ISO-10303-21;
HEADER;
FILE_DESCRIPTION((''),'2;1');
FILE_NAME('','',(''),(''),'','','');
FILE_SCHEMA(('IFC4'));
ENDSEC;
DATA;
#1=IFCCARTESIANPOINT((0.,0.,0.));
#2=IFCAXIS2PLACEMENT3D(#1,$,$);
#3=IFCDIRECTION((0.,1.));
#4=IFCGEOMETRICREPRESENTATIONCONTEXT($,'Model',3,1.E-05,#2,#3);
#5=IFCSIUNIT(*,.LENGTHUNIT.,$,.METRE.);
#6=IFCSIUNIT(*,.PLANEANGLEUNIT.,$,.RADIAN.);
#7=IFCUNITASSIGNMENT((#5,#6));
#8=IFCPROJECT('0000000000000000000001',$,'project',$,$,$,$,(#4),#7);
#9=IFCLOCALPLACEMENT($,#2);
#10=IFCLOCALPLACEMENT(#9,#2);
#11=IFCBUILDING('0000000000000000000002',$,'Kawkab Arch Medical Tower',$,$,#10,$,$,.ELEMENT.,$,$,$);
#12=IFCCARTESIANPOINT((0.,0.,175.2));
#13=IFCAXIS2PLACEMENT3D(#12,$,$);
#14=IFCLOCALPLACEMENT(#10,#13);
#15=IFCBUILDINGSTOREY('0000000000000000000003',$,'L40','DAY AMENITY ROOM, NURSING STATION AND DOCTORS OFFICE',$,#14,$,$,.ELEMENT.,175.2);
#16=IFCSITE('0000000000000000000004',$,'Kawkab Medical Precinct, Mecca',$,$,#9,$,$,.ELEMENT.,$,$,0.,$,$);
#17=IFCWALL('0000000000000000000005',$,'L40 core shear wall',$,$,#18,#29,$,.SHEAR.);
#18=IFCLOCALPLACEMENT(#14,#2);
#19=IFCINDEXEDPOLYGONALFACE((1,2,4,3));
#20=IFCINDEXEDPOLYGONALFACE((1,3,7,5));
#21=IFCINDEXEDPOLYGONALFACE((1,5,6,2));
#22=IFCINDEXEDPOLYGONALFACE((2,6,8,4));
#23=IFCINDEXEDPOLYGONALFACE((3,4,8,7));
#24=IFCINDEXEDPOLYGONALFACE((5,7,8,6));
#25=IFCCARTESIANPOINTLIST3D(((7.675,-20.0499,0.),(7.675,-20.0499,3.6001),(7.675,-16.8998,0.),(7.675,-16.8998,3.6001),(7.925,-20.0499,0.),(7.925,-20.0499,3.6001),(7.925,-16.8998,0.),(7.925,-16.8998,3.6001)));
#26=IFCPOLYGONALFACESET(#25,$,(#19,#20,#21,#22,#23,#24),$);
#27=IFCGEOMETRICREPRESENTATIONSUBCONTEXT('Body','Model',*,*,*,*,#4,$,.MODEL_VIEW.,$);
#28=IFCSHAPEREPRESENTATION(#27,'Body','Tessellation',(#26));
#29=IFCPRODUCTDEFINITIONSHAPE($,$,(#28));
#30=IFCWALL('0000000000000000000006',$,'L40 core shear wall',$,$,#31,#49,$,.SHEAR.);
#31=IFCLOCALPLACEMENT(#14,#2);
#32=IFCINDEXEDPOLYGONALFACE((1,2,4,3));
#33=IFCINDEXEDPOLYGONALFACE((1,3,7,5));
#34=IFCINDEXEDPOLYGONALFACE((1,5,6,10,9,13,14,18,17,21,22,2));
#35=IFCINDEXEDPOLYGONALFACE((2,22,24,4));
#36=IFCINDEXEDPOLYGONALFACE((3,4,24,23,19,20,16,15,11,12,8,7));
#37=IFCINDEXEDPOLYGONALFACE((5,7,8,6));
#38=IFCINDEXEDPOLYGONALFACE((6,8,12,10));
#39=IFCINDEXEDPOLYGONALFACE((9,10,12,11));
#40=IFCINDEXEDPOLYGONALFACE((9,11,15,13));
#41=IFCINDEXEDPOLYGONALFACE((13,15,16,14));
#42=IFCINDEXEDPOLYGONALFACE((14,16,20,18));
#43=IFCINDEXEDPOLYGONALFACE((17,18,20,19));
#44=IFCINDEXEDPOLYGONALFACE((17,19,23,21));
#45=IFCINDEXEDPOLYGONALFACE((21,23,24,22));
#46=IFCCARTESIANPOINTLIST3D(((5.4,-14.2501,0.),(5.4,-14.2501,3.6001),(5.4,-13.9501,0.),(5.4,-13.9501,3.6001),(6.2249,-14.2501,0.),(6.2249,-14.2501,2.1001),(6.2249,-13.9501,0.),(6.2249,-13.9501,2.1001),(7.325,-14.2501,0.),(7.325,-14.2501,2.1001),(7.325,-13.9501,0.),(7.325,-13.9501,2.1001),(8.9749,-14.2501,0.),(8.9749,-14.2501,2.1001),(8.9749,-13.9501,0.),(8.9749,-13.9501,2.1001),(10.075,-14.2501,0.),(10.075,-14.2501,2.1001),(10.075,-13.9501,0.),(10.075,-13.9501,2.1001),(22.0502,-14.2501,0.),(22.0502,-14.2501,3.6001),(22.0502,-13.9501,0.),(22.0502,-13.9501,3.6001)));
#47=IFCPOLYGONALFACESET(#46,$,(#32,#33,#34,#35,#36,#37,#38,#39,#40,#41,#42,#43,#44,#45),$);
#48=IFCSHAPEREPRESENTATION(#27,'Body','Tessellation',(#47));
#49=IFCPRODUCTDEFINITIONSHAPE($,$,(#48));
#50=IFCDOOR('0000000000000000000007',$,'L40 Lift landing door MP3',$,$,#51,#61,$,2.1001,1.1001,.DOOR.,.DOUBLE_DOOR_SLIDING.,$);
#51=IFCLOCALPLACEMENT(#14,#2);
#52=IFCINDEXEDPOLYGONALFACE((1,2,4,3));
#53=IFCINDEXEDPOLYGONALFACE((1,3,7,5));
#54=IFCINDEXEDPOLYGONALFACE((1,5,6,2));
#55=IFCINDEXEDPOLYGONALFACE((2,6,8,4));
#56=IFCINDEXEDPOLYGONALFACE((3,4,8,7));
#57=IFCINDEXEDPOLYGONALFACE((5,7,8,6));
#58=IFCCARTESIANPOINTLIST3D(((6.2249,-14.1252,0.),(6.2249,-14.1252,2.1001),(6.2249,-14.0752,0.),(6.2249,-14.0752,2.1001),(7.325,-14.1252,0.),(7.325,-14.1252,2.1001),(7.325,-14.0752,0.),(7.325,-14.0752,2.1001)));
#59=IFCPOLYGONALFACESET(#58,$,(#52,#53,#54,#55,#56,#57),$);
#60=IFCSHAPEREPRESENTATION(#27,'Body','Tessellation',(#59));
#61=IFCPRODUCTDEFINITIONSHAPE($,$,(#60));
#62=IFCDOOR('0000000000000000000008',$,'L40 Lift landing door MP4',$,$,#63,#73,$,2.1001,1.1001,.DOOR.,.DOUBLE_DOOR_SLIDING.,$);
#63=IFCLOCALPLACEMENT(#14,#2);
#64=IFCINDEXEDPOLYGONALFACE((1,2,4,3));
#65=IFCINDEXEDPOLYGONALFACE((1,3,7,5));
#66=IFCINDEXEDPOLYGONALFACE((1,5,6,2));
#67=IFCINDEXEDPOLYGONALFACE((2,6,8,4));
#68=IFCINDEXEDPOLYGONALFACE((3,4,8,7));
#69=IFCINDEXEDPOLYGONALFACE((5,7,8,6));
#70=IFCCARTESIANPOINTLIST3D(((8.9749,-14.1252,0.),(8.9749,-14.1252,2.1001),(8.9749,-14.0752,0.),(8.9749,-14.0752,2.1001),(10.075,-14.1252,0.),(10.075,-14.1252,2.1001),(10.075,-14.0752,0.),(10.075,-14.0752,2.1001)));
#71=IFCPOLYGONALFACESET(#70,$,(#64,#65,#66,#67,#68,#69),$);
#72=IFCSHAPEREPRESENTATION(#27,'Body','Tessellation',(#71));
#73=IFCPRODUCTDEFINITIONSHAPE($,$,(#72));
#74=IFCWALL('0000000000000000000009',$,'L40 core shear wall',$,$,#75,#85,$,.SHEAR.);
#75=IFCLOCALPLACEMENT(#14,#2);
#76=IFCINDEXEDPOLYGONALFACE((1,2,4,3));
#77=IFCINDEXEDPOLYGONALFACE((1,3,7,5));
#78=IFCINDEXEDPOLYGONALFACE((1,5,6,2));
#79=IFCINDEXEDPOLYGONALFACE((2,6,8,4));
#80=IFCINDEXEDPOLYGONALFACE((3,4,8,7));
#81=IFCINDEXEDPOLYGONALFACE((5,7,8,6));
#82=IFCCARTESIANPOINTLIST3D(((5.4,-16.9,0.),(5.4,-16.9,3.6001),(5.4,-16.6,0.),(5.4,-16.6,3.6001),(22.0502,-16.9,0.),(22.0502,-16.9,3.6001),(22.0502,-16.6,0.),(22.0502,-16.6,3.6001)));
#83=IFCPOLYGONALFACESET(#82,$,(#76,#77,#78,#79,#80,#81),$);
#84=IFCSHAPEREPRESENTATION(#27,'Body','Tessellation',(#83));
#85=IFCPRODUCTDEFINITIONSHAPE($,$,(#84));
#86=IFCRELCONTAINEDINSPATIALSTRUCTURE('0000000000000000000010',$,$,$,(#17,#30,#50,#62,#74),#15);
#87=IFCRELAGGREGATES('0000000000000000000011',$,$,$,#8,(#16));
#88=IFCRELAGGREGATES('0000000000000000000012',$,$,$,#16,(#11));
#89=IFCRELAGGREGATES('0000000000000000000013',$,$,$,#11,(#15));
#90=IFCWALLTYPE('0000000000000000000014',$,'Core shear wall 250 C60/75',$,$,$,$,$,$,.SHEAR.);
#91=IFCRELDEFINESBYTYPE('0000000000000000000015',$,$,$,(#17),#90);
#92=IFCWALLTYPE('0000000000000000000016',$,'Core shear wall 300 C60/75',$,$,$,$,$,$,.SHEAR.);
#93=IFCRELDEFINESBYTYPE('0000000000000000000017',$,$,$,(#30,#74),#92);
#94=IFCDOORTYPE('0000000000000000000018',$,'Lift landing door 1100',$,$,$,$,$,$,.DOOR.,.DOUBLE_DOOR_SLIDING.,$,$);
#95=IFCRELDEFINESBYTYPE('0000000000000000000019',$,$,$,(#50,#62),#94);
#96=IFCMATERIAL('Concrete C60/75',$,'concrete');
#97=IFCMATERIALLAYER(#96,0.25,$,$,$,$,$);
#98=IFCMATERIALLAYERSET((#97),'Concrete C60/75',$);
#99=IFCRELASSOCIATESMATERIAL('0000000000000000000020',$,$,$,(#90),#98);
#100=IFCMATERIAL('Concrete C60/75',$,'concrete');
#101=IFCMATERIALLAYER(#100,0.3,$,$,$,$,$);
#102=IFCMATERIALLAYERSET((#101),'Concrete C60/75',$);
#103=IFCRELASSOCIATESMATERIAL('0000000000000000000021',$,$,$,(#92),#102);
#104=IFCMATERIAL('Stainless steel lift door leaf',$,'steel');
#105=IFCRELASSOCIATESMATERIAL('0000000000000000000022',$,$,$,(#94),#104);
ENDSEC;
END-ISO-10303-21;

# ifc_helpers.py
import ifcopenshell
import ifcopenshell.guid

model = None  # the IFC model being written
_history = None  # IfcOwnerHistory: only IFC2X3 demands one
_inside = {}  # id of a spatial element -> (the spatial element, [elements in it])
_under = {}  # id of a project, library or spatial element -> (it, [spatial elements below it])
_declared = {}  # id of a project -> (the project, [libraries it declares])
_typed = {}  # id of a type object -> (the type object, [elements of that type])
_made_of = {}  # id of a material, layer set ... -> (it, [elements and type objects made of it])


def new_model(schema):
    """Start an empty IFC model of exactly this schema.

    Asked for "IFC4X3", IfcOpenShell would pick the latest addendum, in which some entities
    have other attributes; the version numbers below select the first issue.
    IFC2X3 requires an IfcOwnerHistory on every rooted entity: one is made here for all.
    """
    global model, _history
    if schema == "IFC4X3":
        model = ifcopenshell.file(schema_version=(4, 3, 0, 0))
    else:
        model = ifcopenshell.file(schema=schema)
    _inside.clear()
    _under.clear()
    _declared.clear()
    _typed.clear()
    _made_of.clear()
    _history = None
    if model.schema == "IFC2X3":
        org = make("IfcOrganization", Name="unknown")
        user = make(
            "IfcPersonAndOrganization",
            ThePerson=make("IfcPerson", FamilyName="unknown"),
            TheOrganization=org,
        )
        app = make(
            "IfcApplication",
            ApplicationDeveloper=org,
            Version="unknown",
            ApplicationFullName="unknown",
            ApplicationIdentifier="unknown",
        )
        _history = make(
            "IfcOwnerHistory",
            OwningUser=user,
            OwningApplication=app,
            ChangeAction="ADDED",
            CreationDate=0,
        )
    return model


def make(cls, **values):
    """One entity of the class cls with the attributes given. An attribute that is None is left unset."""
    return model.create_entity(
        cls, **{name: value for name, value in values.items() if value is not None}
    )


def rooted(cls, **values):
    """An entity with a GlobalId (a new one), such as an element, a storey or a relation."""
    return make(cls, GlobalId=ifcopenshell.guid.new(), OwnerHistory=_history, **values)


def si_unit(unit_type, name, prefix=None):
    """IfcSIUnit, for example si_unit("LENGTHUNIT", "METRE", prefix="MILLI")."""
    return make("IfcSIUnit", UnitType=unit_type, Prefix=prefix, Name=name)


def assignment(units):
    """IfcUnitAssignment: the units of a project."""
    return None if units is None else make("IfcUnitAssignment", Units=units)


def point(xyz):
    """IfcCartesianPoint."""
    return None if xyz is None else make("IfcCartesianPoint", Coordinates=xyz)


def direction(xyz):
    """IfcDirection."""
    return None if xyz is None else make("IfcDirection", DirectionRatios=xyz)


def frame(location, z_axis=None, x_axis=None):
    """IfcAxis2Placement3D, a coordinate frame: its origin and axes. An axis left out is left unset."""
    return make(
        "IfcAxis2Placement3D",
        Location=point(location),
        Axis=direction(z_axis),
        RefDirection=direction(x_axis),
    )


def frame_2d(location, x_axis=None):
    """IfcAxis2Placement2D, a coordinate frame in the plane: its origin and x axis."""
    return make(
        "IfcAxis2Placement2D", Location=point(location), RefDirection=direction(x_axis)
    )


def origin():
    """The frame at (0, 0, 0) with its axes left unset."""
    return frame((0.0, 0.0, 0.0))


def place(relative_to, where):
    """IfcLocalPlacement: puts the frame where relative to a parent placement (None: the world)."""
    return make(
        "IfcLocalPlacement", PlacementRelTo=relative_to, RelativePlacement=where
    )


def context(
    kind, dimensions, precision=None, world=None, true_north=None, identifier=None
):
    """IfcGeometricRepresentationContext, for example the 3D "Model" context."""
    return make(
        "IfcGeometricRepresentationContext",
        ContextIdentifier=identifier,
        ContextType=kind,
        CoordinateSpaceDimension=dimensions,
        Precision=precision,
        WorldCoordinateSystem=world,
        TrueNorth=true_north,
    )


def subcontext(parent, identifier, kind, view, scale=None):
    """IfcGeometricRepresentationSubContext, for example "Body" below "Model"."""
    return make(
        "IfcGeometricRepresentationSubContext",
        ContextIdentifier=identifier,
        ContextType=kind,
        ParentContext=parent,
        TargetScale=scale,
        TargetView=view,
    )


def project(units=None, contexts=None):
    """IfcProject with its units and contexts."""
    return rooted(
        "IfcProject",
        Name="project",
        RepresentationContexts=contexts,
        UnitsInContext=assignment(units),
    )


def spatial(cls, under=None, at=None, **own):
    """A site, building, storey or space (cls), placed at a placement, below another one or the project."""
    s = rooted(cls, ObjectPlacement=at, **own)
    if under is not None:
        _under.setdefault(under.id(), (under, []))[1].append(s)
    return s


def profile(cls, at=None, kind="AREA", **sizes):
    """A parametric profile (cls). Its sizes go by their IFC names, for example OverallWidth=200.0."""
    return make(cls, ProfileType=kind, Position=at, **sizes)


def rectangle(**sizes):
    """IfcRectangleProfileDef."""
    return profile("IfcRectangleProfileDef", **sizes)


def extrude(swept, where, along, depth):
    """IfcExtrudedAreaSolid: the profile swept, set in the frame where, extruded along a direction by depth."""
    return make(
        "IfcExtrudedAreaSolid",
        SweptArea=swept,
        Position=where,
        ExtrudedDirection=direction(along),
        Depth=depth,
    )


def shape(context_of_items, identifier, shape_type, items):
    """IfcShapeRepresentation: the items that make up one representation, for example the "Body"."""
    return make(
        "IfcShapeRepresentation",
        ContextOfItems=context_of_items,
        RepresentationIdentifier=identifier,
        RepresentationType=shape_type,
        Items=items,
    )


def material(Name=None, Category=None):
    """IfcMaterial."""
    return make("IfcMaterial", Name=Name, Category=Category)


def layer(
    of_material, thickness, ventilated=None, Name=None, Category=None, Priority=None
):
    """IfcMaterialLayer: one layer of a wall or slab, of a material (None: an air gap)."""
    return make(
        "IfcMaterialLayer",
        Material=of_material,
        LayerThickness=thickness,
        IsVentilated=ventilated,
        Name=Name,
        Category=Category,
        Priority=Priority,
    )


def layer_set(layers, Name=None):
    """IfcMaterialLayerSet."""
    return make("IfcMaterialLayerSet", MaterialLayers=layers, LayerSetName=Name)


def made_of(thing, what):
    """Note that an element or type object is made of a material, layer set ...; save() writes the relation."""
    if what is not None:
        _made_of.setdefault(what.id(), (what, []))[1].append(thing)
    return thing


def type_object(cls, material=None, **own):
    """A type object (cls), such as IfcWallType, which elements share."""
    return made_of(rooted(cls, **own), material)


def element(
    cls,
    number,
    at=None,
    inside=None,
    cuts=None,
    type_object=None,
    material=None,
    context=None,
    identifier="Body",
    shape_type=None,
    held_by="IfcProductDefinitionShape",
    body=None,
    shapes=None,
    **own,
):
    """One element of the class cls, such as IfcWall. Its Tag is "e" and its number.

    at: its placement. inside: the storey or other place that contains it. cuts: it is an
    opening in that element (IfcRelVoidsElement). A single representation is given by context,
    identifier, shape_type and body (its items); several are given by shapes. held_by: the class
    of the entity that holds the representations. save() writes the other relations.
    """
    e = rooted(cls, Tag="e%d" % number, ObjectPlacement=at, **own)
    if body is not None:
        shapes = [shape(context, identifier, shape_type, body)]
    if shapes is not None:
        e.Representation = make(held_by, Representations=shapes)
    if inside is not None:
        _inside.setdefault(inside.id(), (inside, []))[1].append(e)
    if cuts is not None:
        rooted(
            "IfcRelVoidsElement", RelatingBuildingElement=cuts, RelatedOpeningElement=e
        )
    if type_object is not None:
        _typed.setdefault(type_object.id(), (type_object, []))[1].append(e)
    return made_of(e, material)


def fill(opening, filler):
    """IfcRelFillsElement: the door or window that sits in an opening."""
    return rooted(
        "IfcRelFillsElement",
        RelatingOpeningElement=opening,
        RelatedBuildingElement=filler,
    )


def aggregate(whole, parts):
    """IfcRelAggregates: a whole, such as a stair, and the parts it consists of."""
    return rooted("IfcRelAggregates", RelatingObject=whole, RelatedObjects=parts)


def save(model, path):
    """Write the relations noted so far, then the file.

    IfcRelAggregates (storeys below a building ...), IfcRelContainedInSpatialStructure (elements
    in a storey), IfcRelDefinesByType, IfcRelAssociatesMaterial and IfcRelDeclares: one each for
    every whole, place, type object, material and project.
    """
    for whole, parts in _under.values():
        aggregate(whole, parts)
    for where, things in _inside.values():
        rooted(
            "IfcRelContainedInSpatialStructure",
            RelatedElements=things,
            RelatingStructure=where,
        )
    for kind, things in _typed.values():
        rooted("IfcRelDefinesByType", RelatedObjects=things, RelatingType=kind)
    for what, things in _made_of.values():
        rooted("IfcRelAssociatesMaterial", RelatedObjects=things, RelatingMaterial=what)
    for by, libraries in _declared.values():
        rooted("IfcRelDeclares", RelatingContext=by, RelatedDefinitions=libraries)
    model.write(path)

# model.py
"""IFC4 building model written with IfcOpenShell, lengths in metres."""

from ifc_helpers import new_model, si_unit, direction, frame, frame_2d, origin, place, context, subcontext, project, spatial, rectangle, extrude, material, layer, layer_set, type_object, element, fill, save


model = new_model("IFC4")

# Units and contexts
model_context = context("Model", 3, precision=1e-05, world=origin(), true_north=direction((0.0, 1.0)))
body_context = subcontext(model_context, "Body", "Model", "MODEL_VIEW")
ifc_project = project(units=[si_unit("LENGTHUNIT", "METRE"), si_unit("PLANEANGLEUNIT", "RADIAN")], contexts=[model_context])

# Site, building, storey
site_placement = place(None, origin())
site = spatial("IfcSite", under=ifc_project, at=site_placement, Name="Kawkab Medical Precinct, Mecca", CompositionType="ELEMENT", RefElevation=0.0)
building_placement = place(site_placement, origin())
building = spatial("IfcBuilding", under=site, at=building_placement, Name="Kawkab Arch Medical Tower", CompositionType="ELEMENT")
storey_placement = place(building_placement, frame((0.0, 0.0, 175.2)))
storey = spatial("IfcBuildingStorey", under=building, at=storey_placement, Name="L40", Description="DAY AMENITY ROOM, NURSING STATION AND DOCTORS OFFICE", CompositionType="ELEMENT", Elevation=175.2)

# Wall
ifc_material_1 = material(Name="Concrete C60/75", Category="concrete")
ifc_layer_1 = layer(ifc_material_1, 0.25)
ifc_layer_set_1 = layer_set([ifc_layer_1], Name="Concrete C60/75")
wall_type_1 = type_object("IfcWallType", Name="Core shear wall 250 C60/75", PredefinedType="SHEAR", material=ifc_layer_set_1)
wall_1_placement = place(storey_placement, frame((7.8, -20.05, 0.0), z_axis=(0.0, 0.0, 1.0), x_axis=(0.0, 1.0, 0.0)))
element("IfcWall", 1, at=wall_1_placement, inside=storey, type_object=wall_type_1, Name="L40 core shear wall", PredefinedType="SHEAR", context=body_context, shape_type="SweptSolid", body=[
    extrude(rectangle(XDim=3.1501, YDim=0.25, at=frame_2d((1.5752, 0.0))), origin(), (0.0, 0.0, 1.0), 3.6001),
])

# Wall, openings, doors
ifc_material_2 = material(Name="Concrete C60/75", Category="concrete")
ifc_layer_2 = layer(ifc_material_2, 0.3)
ifc_layer_set_2 = layer_set([ifc_layer_2], Name="Concrete C60/75")
wall_type_2 = type_object("IfcWallType", Name="Core shear wall 300 C60/75", PredefinedType="SHEAR", material=ifc_layer_set_2)
wall_2_placement = place(storey_placement, frame((5.3999, -14.1001, 0.0), z_axis=(0.0, 0.0, 1.0), x_axis=(1.0, 0.0, 0.0)))
wall_2 = element("IfcWall", 2, at=wall_2_placement, inside=storey, type_object=wall_type_2, Name="L40 core shear wall", PredefinedType="SHEAR", context=body_context, shape_type="SweptSolid", body=[
    extrude(rectangle(XDim=16.6501, YDim=0.3, at=frame_2d((8.3252, 0.0))), origin(), (0.0, 0.0, 1.0), 3.6001),
])
opening_1_placement = place(wall_2_placement, frame((0.825, 0.0, 0.0)))
opening_1 = element("IfcOpeningElement", 3, at=opening_1_placement, cuts=wall_2, PredefinedType="OPENING", context=body_context, shape_type="SweptSolid", body=[
    extrude(rectangle(XDim=1.1001, YDim=2.1001, at=frame_2d((0.55, 1.05))), frame((0.0, 0.1599, 0.0), z_axis=(0.0, -1.0, 0.0), x_axis=(1.0, 0.0, 0.0)), (0.0, 0.0, 1.0), 0.3201),
])
opening_2_placement = place(wall_2_placement, frame((3.575, 0.0, 0.0)))
opening_2 = element("IfcOpeningElement", 4, at=opening_2_placement, cuts=wall_2, PredefinedType="OPENING", context=body_context, shape_type="SweptSolid", body=[
    extrude(rectangle(XDim=1.1001, YDim=2.1001, at=frame_2d((0.55, 1.05))), frame((0.0, 0.1599, 0.0), z_axis=(0.0, -1.0, 0.0), x_axis=(1.0, 0.0, 0.0)), (0.0, 0.0, 1.0), 0.3201),
])
ifc_material_3 = material(Name="Stainless steel lift door leaf", Category="steel")
door_type_1 = type_object("IfcDoorType", Name="Lift landing door 1100", OperationType="DOUBLE_DOOR_SLIDING", PredefinedType="DOOR", material=ifc_material_3)
door_1_placement = place(opening_1_placement, origin())
door_1 = element("IfcDoor", 5, at=door_1_placement, inside=storey, type_object=door_type_1, Name="L40 Lift landing door MP3", OperationType="DOUBLE_DOOR_SLIDING", OverallHeight=2.1001, OverallWidth=1.1001, PredefinedType="DOOR", context=body_context, shape_type="SweptSolid", body=[
    extrude(rectangle(XDim=1.1001, YDim=2.1001, at=frame_2d((0.55, 1.05))), frame((0.0, 0.0249, 0.0), z_axis=(0.0, -1.0, 0.0), x_axis=(1.0, 0.0, 0.0)), (0.0, 0.0, 1.0), 0.05),
])
fill(opening_1, door_1)
door_2_placement = place(opening_2_placement, origin())
door_2 = element("IfcDoor", 6, at=door_2_placement, inside=storey, type_object=door_type_1, Name="L40 Lift landing door MP4", OperationType="DOUBLE_DOOR_SLIDING", OverallHeight=2.1001, OverallWidth=1.1001, PredefinedType="DOOR", context=body_context, shape_type="SweptSolid", body=[
    extrude(rectangle(XDim=1.1001, YDim=2.1001, at=frame_2d((0.55, 1.05))), frame((0.0, 0.0249, 0.0), z_axis=(0.0, -1.0, 0.0), x_axis=(1.0, 0.0, 0.0)), (0.0, 0.0, 1.0), 0.05),
])
fill(opening_2, door_2)

# Wall
wall_3_placement = place(storey_placement, frame((5.3999, -16.75, 0.0), z_axis=(0.0, 0.0, 1.0), x_axis=(1.0, 0.0, 0.0)))
element("IfcWall", 7, at=wall_3_placement, inside=storey, type_object=wall_type_2, Name="L40 core shear wall", PredefinedType="SHEAR", context=body_context, shape_type="SweptSolid", body=[
    extrude(rectangle(XDim=16.6501, YDim=0.3, at=frame_2d((8.3252, 0.0))), origin(), (0.0, 0.0, 1.0), 3.6001),
])

save(model, "model.ifc")
